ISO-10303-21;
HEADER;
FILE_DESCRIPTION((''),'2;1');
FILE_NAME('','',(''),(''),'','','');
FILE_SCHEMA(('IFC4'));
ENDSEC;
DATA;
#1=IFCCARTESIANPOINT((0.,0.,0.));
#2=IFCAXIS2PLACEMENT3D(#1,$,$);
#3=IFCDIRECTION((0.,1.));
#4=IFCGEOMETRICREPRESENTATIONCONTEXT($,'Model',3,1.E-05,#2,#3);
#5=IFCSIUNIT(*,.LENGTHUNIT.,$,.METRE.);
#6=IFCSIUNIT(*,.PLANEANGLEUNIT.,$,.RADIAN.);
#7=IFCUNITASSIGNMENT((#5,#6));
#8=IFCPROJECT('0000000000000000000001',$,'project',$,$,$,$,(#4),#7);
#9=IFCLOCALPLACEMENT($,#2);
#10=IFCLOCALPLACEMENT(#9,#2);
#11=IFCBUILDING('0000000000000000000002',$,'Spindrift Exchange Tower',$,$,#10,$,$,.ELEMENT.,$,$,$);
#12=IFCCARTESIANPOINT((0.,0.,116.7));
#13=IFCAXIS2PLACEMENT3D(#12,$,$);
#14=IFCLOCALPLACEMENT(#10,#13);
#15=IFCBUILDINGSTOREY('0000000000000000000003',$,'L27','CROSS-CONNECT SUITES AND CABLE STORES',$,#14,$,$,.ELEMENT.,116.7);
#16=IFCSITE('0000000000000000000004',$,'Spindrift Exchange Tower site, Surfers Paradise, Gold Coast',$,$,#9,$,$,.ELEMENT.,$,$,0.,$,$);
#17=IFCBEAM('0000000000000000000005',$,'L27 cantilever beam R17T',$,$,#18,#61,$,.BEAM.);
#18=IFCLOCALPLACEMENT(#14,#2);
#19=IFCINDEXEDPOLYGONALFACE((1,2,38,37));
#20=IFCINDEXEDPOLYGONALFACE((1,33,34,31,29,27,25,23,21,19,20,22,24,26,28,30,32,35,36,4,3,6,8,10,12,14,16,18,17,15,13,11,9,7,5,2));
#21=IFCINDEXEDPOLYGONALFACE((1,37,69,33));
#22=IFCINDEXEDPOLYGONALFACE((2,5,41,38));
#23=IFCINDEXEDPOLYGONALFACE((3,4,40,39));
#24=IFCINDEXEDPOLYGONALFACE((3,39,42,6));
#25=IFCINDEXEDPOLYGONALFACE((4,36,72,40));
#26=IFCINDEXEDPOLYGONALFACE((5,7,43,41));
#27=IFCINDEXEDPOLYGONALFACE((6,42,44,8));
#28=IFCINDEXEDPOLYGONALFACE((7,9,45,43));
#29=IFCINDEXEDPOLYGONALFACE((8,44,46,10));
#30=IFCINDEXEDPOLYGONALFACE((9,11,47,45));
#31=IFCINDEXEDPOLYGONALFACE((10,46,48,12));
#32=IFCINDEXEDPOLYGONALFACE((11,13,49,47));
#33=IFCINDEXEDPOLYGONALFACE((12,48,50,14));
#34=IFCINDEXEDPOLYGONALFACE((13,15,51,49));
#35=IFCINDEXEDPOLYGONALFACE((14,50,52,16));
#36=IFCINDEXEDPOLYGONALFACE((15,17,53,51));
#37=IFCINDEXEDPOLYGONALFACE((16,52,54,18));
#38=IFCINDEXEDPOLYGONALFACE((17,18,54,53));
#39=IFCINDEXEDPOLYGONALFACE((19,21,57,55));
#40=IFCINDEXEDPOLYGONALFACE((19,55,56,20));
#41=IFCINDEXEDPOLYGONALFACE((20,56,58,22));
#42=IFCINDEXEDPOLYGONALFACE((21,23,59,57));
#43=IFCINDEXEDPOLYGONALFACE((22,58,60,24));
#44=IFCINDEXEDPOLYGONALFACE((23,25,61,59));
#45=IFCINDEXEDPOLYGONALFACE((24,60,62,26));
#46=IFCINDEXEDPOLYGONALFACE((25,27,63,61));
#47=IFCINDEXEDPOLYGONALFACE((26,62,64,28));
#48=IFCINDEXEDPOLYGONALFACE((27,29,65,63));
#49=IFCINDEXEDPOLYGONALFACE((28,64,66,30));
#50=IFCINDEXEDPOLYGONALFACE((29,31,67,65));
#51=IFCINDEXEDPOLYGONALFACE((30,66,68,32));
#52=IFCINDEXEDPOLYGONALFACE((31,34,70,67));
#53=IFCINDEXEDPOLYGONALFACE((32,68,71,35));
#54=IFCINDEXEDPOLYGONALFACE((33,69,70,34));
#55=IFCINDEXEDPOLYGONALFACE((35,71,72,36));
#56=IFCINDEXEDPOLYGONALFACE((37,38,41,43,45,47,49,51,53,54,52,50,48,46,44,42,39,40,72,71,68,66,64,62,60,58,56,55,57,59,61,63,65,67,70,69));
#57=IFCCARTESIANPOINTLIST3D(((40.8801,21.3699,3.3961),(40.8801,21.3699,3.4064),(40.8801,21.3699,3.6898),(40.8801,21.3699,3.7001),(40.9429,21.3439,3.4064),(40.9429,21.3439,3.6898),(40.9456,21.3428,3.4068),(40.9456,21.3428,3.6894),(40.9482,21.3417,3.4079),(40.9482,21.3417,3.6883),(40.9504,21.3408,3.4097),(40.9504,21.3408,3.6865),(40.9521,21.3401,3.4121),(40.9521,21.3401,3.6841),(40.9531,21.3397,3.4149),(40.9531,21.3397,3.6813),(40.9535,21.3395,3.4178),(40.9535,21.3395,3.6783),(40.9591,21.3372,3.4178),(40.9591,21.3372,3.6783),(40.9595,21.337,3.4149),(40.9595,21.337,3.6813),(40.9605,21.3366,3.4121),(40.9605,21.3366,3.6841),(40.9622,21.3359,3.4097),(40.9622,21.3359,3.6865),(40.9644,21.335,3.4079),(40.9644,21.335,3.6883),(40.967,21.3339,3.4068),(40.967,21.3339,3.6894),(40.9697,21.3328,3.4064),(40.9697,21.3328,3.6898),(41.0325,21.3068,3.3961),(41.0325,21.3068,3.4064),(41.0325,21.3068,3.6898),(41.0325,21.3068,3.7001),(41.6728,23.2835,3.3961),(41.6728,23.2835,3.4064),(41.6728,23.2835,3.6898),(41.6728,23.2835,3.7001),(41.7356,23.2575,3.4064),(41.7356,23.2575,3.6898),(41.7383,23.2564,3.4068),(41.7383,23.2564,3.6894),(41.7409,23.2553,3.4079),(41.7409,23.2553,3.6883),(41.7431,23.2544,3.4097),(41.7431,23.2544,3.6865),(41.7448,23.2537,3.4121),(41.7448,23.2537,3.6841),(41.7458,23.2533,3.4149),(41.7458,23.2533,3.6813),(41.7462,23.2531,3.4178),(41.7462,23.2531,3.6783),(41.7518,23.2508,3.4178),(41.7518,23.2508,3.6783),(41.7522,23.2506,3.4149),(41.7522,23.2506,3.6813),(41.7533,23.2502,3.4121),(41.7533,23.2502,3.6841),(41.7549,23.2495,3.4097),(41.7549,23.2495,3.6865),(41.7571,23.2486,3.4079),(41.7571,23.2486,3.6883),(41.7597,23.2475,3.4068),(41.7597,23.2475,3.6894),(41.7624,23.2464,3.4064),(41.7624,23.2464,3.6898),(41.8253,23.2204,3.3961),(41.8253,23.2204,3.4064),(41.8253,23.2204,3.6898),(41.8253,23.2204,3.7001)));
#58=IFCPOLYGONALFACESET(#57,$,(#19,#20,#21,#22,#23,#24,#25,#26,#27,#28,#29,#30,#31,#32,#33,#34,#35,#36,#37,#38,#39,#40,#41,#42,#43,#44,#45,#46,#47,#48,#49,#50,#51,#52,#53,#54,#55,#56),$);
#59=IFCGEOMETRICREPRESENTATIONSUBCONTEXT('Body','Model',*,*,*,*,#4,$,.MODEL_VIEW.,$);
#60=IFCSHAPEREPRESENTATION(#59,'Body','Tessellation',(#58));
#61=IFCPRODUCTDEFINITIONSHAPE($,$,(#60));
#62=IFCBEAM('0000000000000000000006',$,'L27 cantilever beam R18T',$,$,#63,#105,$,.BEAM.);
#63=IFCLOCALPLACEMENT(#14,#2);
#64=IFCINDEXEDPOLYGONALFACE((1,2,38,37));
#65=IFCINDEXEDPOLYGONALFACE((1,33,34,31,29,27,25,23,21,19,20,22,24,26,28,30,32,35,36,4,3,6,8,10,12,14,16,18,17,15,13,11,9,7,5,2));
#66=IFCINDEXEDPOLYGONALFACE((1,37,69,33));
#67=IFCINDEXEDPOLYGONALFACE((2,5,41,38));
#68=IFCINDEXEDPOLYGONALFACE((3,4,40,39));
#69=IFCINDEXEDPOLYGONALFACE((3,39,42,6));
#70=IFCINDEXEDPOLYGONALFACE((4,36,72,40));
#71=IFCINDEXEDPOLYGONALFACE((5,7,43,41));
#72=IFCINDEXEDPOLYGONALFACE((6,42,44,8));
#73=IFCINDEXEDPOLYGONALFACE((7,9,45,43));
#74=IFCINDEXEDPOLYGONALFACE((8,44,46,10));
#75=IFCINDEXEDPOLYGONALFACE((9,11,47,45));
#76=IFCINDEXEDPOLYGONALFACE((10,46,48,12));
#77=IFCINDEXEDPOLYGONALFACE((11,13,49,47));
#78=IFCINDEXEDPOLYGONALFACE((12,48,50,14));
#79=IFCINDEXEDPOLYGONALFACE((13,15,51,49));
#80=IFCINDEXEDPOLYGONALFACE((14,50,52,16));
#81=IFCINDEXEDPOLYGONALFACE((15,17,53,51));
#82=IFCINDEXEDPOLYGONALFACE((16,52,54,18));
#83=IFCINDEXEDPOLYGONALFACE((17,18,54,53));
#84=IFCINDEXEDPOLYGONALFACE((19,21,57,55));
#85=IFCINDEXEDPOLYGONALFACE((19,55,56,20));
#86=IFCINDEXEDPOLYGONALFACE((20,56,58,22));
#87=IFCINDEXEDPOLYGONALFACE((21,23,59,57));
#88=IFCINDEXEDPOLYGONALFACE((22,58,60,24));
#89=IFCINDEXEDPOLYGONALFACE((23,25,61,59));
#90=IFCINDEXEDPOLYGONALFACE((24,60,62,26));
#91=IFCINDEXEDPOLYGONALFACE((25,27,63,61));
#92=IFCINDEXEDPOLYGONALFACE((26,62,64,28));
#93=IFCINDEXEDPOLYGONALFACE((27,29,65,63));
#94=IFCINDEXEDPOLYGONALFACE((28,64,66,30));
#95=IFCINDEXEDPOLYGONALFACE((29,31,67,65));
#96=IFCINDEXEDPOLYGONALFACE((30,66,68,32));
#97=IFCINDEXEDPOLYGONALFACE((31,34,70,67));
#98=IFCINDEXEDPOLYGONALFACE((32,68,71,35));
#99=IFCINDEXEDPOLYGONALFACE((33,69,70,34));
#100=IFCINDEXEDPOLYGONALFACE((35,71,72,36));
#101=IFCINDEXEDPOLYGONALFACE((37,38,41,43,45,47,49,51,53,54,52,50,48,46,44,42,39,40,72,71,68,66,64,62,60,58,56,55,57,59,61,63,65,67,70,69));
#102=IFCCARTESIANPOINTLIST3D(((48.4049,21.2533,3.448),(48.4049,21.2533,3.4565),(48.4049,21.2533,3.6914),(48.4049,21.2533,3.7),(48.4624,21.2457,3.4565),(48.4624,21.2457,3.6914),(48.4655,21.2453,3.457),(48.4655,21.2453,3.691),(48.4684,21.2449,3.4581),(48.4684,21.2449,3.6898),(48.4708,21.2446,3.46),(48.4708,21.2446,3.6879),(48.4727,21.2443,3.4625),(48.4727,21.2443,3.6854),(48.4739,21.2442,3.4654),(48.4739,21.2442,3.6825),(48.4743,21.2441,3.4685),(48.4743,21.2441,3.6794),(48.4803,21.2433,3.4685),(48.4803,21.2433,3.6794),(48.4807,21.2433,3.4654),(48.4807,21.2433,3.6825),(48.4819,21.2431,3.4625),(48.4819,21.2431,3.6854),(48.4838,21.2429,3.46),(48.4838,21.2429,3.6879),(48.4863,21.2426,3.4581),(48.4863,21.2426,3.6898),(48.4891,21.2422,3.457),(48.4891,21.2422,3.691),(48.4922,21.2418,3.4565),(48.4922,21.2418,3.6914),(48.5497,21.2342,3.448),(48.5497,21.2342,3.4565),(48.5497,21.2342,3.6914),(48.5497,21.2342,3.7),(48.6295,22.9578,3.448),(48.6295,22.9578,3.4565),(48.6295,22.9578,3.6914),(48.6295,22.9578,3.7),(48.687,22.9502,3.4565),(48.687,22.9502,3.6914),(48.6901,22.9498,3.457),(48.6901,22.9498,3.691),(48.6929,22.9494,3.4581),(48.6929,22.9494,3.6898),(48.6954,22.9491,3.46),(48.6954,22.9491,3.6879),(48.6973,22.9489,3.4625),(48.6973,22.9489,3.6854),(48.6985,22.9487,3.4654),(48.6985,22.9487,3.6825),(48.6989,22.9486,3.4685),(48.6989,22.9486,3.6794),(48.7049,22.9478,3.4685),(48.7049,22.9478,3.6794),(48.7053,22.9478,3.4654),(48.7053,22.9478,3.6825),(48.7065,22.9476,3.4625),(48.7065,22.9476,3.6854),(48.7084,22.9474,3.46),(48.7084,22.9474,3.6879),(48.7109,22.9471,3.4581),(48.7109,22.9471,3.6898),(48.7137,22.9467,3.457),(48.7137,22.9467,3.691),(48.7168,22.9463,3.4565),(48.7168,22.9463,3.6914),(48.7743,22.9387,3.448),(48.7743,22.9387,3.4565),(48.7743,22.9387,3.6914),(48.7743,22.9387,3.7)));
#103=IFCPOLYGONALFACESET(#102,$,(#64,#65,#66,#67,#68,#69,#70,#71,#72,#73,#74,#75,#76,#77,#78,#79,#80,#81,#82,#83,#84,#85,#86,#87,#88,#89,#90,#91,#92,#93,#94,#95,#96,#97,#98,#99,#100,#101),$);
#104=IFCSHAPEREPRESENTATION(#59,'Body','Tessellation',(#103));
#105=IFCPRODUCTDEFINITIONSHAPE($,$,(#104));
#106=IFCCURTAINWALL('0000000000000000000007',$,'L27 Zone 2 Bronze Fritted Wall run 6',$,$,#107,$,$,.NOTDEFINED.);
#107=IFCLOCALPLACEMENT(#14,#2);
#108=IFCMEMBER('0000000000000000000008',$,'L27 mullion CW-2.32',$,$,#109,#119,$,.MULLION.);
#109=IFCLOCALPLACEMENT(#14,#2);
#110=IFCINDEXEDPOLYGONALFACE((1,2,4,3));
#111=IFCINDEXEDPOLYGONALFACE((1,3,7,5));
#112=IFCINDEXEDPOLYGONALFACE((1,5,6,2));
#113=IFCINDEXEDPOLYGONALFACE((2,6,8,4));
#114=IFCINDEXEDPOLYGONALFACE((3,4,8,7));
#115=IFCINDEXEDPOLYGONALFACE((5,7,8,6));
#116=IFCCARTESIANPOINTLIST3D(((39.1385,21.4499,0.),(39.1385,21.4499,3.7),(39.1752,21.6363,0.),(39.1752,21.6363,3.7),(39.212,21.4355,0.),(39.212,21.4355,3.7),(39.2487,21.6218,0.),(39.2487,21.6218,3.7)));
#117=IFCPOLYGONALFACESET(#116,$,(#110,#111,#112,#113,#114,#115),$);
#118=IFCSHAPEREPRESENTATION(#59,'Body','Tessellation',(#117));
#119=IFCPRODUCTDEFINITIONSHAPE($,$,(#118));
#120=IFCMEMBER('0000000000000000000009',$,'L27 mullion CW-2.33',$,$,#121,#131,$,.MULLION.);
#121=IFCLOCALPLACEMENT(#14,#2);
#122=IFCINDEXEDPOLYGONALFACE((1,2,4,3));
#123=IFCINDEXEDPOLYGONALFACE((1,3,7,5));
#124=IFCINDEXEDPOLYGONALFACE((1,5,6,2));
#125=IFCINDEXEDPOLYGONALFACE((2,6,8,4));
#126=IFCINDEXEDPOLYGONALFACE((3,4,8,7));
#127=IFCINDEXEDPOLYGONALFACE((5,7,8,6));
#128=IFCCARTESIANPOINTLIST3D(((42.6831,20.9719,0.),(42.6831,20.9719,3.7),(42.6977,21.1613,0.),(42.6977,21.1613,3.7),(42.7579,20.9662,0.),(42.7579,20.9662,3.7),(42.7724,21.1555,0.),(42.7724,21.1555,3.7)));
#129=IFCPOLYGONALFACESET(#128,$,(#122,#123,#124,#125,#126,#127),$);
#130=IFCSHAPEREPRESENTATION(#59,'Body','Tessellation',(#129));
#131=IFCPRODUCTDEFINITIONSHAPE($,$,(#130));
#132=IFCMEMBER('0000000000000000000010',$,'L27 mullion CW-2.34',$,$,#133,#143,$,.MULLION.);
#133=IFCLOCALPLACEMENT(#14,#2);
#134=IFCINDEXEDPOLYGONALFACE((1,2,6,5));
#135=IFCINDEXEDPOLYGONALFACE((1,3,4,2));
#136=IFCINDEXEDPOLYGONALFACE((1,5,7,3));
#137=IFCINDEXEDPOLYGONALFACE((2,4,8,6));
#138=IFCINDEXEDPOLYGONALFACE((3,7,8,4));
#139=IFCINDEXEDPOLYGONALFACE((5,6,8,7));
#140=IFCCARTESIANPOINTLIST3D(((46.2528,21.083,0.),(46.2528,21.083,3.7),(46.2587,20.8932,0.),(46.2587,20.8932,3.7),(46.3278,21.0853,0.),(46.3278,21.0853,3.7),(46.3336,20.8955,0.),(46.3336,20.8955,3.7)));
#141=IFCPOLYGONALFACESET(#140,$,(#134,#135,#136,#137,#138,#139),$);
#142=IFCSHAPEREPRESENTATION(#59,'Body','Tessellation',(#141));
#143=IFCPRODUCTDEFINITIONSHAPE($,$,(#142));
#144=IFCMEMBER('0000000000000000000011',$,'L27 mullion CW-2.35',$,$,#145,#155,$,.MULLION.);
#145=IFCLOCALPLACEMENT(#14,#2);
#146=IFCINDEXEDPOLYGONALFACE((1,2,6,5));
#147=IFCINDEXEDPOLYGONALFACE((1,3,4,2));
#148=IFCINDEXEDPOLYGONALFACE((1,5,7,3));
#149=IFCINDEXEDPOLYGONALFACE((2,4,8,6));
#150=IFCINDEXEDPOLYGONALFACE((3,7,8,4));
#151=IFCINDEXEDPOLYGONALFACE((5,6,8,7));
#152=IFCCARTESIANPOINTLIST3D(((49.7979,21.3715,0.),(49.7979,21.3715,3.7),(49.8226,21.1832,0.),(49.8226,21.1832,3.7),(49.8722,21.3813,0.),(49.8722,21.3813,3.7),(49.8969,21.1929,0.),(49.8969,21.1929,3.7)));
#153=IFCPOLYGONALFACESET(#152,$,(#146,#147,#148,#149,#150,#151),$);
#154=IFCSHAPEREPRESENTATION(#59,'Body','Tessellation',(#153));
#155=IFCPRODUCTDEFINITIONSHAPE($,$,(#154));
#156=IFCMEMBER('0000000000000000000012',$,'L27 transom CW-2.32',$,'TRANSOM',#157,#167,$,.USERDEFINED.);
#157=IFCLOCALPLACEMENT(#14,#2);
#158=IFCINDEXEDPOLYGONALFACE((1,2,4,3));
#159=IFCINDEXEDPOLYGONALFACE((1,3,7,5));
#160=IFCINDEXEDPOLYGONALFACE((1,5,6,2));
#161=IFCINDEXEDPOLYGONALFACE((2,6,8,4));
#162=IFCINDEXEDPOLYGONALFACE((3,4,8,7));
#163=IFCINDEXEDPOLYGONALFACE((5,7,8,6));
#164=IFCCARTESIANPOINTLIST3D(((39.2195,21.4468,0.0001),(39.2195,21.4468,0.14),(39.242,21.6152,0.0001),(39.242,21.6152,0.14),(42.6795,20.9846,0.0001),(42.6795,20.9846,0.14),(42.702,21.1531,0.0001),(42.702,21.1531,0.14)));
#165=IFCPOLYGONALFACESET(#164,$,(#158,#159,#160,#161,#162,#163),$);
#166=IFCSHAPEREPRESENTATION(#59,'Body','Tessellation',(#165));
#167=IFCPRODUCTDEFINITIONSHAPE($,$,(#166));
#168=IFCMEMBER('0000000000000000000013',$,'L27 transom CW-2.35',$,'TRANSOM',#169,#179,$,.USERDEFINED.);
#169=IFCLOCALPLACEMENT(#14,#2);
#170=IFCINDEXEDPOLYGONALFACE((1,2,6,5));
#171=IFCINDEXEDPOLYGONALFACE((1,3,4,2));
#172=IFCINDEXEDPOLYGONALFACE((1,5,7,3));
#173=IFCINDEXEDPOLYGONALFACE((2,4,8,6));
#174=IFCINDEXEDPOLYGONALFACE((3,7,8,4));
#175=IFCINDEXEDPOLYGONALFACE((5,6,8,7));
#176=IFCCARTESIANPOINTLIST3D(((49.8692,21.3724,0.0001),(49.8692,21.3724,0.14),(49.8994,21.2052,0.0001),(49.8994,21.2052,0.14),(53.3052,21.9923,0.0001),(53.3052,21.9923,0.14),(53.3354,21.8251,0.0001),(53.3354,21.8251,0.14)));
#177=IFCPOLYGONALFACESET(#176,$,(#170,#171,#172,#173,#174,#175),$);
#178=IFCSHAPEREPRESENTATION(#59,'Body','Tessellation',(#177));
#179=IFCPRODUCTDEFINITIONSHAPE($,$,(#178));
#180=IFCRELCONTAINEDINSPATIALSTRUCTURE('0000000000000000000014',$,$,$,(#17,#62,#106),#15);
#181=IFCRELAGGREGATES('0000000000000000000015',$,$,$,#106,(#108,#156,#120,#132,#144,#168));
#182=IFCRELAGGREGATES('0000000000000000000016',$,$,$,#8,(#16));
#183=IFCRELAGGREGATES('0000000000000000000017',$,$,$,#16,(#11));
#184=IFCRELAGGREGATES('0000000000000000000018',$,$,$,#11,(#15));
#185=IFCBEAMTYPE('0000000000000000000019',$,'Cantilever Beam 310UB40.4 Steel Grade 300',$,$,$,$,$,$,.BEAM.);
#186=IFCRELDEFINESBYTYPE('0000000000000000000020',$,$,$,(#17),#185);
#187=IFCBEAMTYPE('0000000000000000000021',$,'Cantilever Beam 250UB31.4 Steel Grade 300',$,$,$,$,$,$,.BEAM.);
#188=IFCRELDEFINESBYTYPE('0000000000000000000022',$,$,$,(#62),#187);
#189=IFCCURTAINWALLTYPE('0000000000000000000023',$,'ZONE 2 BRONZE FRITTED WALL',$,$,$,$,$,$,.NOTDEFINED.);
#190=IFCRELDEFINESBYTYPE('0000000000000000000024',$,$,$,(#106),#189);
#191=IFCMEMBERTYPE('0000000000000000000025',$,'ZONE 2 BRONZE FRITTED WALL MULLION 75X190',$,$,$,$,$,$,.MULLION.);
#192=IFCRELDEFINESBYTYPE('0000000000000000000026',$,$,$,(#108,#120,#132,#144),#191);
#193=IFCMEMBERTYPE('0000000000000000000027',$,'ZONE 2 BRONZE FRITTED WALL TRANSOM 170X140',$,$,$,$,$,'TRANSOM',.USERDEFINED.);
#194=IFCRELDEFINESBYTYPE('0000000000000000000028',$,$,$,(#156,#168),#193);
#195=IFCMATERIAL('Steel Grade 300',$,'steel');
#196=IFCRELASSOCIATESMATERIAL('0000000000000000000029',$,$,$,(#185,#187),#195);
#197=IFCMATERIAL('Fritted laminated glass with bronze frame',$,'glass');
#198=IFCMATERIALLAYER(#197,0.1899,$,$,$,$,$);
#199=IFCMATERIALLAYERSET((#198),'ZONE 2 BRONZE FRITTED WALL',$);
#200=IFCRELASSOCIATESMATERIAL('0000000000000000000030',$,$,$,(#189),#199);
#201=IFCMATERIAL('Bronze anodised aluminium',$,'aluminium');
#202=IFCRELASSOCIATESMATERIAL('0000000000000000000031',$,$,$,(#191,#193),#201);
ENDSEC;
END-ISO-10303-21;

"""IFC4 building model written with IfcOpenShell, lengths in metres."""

from ifc_helpers import new_model, si_unit, direction, frame, origin, origin_2d, place, context, subcontext, project, spatial, rectangle, i_section, extrude, source, transform, mapped, material, layer, layer_set, material_profile, profile_set, type_object, element, aggregate, save


model = new_model("IFC4")

# Units and contexts
model_context = context("Model", 3, precision=1e-05, world=origin(), true_north=direction((0.0, 1.0)))
body_context = subcontext(model_context, "Body", "Model", "MODEL_VIEW")
ifc_project = project(units=[si_unit("LENGTHUNIT", "METRE"), si_unit("PLANEANGLEUNIT", "RADIAN")], contexts=[model_context])

# Site, building, storey
site_placement = place(None, origin())
site = spatial("IfcSite", under=ifc_project, at=site_placement, Name="Spindrift Exchange Tower site, Surfers Paradise, Gold Coast", CompositionType="ELEMENT", RefElevation=0.0)
building_placement = place(site_placement, origin())
building = spatial("IfcBuilding", under=site, at=building_placement, Name="Spindrift Exchange Tower", CompositionType="ELEMENT")
storey_placement = place(building_placement, frame((0.0, 0.0, 116.7)))
storey = spatial("IfcBuildingStorey", under=building, at=storey_placement, Name="L27", Description="CROSS-CONNECT SUITES AND CABLE STORES", CompositionType="ELEMENT", Elevation=116.7)

# Beams
ifc_material_1 = material(Name="Steel Grade 300", Category="steel")
ifc_material_profile_1 = material_profile(ifc_material_1, i_section(OverallWidth=0.165, OverallDepth=0.304, WebThickness=0.0061, FlangeThickness=0.0103, FilletRadius=0.0115, at=origin_2d()), Name="310UB40.4")
ifc_profile_set_1 = profile_set([ifc_material_profile_1], Name="Steel Grade 300")
beam_type_1 = type_object("IfcBeamType", Name="Cantilever Beam 310UB40.4 Steel Grade 300", PredefinedType="BEAM", material=ifc_profile_set_1)
shared_shape_1 = source(origin(), body_context, "Body", "SweptSolid", [
    extrude(i_section(OverallWidth=0.165, OverallDepth=0.304, WebThickness=0.0061, FlangeThickness=0.0103, FilletRadius=0.0115, at=origin_2d()), origin(), (0.0, 0.0, 1.0), 2.0713),
])
beam_1_placement = place(storey_placement, frame((41.749, 23.252, 3.5481), z_axis=(-0.382723, -0.923863, 0.0), x_axis=(0.923863, -0.382723, 0.0)))
element("IfcBeam", 1, at=beam_1_placement, inside=storey, type_object=beam_type_1, Name="L27 cantilever beam R17T", PredefinedType="BEAM", context=body_context, shape_type="MappedRepresentation", body=[
    mapped(shared_shape_1, transform((0.0, 0.0, 0.0), scale=1.0)),
])
ifc_material_profile_2 = material_profile(ifc_material_1, i_section(OverallWidth=0.146, OverallDepth=0.252, WebThickness=0.0061, FlangeThickness=0.0085, FilletRadius=0.012, at=origin_2d()), Name="250UB31.4")
ifc_profile_set_2 = profile_set([ifc_material_profile_2], Name="Steel Grade 300")
beam_type_2 = type_object("IfcBeamType", Name="Cantilever Beam 250UB31.4 Steel Grade 300", PredefinedType="BEAM", material=ifc_profile_set_2)
shared_shape_2 = source(origin(), body_context, "Body", "SweptSolid", [
    extrude(i_section(OverallWidth=0.146, OverallDepth=0.252, WebThickness=0.0061, FlangeThickness=0.0085, FilletRadius=0.012, at=origin_2d()), origin(), (0.0, 0.0, 1.0), 1.7192),
])
beam_2_placement = place(storey_placement, frame((48.7019, 22.9482, 3.574), z_axis=(-0.130638, -0.99143, 0.0), x_axis=(0.99143, -0.130638, 0.0)))
element("IfcBeam", 2, at=beam_2_placement, inside=storey, type_object=beam_type_2, Name="L27 cantilever beam R18T", PredefinedType="BEAM", context=body_context, shape_type="MappedRepresentation", body=[
    mapped(shared_shape_2, transform((0.0, 0.0, 0.0), scale=1.0)),
])

# Curtain wall, members
ifc_material_2 = material(Name="Fritted laminated glass with bronze frame", Category="glass")
ifc_layer_1 = layer(ifc_material_2, 0.1899)
ifc_layer_set_1 = layer_set([ifc_layer_1], Name="ZONE 2 BRONZE FRITTED WALL")
curtain_wall_type = type_object("IfcCurtainWallType", Name="ZONE 2 BRONZE FRITTED WALL", PredefinedType="NOTDEFINED", material=ifc_layer_set_1)
curtain_wall_placement = place(storey_placement, origin())
curtain_wall = element("IfcCurtainWall", 3, at=curtain_wall_placement, inside=storey, type_object=curtain_wall_type, Name="L27 Zone 2 Bronze Fritted Wall run 6", PredefinedType="NOTDEFINED")
ifc_material_3 = material(Name="Bronze anodised aluminium", Category="aluminium")
ifc_material_profile_3 = material_profile(ifc_material_3, rectangle(XDim=0.075, YDim=0.1899, at=origin_2d()), Name="ZONE 2 BRONZE FRITTED WALL MULLION 75X190")
ifc_profile_set_3 = profile_set([ifc_material_profile_3], Name="Bronze anodised aluminium")
member_type_1 = type_object("IfcMemberType", Name="ZONE 2 BRONZE FRITTED WALL MULLION 75X190", PredefinedType="MULLION", material=ifc_profile_set_3)
shared_shape_3 = source(origin(), body_context, "Body", "SweptSolid", [
    extrude(rectangle(XDim=0.075, YDim=0.1899, at=origin_2d()), origin(), (0.0, 0.0, 1.0), 3.7),
])
member_1_placement = place(storey_placement, frame((39.1936, 21.5359, 0.0), z_axis=(0.0, 0.0, 1.0), x_axis=(0.981203, -0.192979, 0.0)))
member_1 = element("IfcMember", 4, at=member_1_placement, type_object=member_type_1, Name="L27 mullion CW-2.32", PredefinedType="MULLION", context=body_context, shape_type="MappedRepresentation", body=[
    mapped(shared_shape_3, transform((0.0, 0.0, 0.0), scale=1.0)),
])
member_2_placement = place(storey_placement, frame((42.7278, 21.0637, 0.0), z_axis=(0.0, 0.0, 1.0), x_axis=(0.997049, -0.076766, 0.0)))
member_2 = element("IfcMember", 5, at=member_2_placement, type_object=member_type_1, Name="L27 mullion CW-2.33", PredefinedType="MULLION", context=body_context, shape_type="MappedRepresentation", body=[
    mapped(shared_shape_3, transform((0.0, 0.0, 0.0), scale=1.0)),
])
member_3_placement = place(storey_placement, frame((46.2932, 20.9893, 0.0), z_axis=(0.0, 0.0, 1.0), x_axis=(0.99953, 0.030661, 0.0)))
member_3 = element("IfcMember", 6, at=member_3_placement, type_object=member_type_1, Name="L27 mullion CW-2.34", PredefinedType="MULLION", context=body_context, shape_type="MappedRepresentation", body=[
    mapped(shared_shape_3, transform((0.0, 0.0, 0.0), scale=1.0)),
])
member_4_placement = place(storey_placement, frame((49.8474, 21.2822, 0.0), z_axis=(0.0, 0.0, 1.0), x_axis=(0.991516, 0.129988, 0.0)))
member_4 = element("IfcMember", 7, at=member_4_placement, type_object=member_type_1, Name="L27 mullion CW-2.35", PredefinedType="MULLION", context=body_context, shape_type="MappedRepresentation", body=[
    mapped(shared_shape_3, transform((0.0, 0.0, 0.0), scale=1.0)),
])
ifc_material_profile_4 = material_profile(ifc_material_3, rectangle(XDim=0.1699, YDim=0.1399, at=origin_2d()), Name="ZONE 2 BRONZE FRITTED WALL TRANSOM 170X140")
ifc_profile_set_4 = profile_set([ifc_material_profile_4], Name="Bronze anodised aluminium")
member_type_2 = type_object("IfcMemberType", Name="ZONE 2 BRONZE FRITTED WALL TRANSOM 170X140", ElementType="TRANSOM", PredefinedType="USERDEFINED", material=ifc_profile_set_4)
shared_shape_4 = source(origin(), body_context, "Body", "SweptSolid", [
    extrude(rectangle(XDim=0.1699, YDim=0.1399, at=origin_2d()), origin(), (0.0, 0.0, 1.0), 3.4907),
])
member_5_placement = place(storey_placement, frame((39.2307, 21.531, 0.0701), z_axis=(0.991197, -0.132397, 0.0), x_axis=(0.132397, 0.991197, 0.0)))
member_5 = element("IfcMember", 8, at=member_5_placement, type_object=member_type_2, Name="L27 transom CW-2.32", ObjectType="TRANSOM", PredefinedType="USERDEFINED", context=body_context, shape_type="MappedRepresentation", body=[
    mapped(shared_shape_4, transform((0.0, 0.0, 0.0), scale=1.0)),
])
shared_shape_5 = source(origin(), body_context, "Body", "SweptSolid", [
    extrude(rectangle(XDim=0.1699, YDim=0.1399, at=origin_2d()), origin(), (0.0, 0.0, 1.0), 3.4915),
])
member_6_placement = place(storey_placement, frame((49.8843, 21.2888, 0.0701), z_axis=(0.984114, 0.177538, 0.0), x_axis=(-0.177538, 0.984114, 0.0)))
member_6 = element("IfcMember", 9, at=member_6_placement, type_object=member_type_2, Name="L27 transom CW-2.35", ObjectType="TRANSOM", PredefinedType="USERDEFINED", context=body_context, shape_type="MappedRepresentation", body=[
    mapped(shared_shape_5, transform((0.0, 0.0, 0.0), scale=1.0)),
])
aggregate(curtain_wall, [member_1, member_5, member_2, member_3, member_4, member_6])

save(model, "model.ifc")
